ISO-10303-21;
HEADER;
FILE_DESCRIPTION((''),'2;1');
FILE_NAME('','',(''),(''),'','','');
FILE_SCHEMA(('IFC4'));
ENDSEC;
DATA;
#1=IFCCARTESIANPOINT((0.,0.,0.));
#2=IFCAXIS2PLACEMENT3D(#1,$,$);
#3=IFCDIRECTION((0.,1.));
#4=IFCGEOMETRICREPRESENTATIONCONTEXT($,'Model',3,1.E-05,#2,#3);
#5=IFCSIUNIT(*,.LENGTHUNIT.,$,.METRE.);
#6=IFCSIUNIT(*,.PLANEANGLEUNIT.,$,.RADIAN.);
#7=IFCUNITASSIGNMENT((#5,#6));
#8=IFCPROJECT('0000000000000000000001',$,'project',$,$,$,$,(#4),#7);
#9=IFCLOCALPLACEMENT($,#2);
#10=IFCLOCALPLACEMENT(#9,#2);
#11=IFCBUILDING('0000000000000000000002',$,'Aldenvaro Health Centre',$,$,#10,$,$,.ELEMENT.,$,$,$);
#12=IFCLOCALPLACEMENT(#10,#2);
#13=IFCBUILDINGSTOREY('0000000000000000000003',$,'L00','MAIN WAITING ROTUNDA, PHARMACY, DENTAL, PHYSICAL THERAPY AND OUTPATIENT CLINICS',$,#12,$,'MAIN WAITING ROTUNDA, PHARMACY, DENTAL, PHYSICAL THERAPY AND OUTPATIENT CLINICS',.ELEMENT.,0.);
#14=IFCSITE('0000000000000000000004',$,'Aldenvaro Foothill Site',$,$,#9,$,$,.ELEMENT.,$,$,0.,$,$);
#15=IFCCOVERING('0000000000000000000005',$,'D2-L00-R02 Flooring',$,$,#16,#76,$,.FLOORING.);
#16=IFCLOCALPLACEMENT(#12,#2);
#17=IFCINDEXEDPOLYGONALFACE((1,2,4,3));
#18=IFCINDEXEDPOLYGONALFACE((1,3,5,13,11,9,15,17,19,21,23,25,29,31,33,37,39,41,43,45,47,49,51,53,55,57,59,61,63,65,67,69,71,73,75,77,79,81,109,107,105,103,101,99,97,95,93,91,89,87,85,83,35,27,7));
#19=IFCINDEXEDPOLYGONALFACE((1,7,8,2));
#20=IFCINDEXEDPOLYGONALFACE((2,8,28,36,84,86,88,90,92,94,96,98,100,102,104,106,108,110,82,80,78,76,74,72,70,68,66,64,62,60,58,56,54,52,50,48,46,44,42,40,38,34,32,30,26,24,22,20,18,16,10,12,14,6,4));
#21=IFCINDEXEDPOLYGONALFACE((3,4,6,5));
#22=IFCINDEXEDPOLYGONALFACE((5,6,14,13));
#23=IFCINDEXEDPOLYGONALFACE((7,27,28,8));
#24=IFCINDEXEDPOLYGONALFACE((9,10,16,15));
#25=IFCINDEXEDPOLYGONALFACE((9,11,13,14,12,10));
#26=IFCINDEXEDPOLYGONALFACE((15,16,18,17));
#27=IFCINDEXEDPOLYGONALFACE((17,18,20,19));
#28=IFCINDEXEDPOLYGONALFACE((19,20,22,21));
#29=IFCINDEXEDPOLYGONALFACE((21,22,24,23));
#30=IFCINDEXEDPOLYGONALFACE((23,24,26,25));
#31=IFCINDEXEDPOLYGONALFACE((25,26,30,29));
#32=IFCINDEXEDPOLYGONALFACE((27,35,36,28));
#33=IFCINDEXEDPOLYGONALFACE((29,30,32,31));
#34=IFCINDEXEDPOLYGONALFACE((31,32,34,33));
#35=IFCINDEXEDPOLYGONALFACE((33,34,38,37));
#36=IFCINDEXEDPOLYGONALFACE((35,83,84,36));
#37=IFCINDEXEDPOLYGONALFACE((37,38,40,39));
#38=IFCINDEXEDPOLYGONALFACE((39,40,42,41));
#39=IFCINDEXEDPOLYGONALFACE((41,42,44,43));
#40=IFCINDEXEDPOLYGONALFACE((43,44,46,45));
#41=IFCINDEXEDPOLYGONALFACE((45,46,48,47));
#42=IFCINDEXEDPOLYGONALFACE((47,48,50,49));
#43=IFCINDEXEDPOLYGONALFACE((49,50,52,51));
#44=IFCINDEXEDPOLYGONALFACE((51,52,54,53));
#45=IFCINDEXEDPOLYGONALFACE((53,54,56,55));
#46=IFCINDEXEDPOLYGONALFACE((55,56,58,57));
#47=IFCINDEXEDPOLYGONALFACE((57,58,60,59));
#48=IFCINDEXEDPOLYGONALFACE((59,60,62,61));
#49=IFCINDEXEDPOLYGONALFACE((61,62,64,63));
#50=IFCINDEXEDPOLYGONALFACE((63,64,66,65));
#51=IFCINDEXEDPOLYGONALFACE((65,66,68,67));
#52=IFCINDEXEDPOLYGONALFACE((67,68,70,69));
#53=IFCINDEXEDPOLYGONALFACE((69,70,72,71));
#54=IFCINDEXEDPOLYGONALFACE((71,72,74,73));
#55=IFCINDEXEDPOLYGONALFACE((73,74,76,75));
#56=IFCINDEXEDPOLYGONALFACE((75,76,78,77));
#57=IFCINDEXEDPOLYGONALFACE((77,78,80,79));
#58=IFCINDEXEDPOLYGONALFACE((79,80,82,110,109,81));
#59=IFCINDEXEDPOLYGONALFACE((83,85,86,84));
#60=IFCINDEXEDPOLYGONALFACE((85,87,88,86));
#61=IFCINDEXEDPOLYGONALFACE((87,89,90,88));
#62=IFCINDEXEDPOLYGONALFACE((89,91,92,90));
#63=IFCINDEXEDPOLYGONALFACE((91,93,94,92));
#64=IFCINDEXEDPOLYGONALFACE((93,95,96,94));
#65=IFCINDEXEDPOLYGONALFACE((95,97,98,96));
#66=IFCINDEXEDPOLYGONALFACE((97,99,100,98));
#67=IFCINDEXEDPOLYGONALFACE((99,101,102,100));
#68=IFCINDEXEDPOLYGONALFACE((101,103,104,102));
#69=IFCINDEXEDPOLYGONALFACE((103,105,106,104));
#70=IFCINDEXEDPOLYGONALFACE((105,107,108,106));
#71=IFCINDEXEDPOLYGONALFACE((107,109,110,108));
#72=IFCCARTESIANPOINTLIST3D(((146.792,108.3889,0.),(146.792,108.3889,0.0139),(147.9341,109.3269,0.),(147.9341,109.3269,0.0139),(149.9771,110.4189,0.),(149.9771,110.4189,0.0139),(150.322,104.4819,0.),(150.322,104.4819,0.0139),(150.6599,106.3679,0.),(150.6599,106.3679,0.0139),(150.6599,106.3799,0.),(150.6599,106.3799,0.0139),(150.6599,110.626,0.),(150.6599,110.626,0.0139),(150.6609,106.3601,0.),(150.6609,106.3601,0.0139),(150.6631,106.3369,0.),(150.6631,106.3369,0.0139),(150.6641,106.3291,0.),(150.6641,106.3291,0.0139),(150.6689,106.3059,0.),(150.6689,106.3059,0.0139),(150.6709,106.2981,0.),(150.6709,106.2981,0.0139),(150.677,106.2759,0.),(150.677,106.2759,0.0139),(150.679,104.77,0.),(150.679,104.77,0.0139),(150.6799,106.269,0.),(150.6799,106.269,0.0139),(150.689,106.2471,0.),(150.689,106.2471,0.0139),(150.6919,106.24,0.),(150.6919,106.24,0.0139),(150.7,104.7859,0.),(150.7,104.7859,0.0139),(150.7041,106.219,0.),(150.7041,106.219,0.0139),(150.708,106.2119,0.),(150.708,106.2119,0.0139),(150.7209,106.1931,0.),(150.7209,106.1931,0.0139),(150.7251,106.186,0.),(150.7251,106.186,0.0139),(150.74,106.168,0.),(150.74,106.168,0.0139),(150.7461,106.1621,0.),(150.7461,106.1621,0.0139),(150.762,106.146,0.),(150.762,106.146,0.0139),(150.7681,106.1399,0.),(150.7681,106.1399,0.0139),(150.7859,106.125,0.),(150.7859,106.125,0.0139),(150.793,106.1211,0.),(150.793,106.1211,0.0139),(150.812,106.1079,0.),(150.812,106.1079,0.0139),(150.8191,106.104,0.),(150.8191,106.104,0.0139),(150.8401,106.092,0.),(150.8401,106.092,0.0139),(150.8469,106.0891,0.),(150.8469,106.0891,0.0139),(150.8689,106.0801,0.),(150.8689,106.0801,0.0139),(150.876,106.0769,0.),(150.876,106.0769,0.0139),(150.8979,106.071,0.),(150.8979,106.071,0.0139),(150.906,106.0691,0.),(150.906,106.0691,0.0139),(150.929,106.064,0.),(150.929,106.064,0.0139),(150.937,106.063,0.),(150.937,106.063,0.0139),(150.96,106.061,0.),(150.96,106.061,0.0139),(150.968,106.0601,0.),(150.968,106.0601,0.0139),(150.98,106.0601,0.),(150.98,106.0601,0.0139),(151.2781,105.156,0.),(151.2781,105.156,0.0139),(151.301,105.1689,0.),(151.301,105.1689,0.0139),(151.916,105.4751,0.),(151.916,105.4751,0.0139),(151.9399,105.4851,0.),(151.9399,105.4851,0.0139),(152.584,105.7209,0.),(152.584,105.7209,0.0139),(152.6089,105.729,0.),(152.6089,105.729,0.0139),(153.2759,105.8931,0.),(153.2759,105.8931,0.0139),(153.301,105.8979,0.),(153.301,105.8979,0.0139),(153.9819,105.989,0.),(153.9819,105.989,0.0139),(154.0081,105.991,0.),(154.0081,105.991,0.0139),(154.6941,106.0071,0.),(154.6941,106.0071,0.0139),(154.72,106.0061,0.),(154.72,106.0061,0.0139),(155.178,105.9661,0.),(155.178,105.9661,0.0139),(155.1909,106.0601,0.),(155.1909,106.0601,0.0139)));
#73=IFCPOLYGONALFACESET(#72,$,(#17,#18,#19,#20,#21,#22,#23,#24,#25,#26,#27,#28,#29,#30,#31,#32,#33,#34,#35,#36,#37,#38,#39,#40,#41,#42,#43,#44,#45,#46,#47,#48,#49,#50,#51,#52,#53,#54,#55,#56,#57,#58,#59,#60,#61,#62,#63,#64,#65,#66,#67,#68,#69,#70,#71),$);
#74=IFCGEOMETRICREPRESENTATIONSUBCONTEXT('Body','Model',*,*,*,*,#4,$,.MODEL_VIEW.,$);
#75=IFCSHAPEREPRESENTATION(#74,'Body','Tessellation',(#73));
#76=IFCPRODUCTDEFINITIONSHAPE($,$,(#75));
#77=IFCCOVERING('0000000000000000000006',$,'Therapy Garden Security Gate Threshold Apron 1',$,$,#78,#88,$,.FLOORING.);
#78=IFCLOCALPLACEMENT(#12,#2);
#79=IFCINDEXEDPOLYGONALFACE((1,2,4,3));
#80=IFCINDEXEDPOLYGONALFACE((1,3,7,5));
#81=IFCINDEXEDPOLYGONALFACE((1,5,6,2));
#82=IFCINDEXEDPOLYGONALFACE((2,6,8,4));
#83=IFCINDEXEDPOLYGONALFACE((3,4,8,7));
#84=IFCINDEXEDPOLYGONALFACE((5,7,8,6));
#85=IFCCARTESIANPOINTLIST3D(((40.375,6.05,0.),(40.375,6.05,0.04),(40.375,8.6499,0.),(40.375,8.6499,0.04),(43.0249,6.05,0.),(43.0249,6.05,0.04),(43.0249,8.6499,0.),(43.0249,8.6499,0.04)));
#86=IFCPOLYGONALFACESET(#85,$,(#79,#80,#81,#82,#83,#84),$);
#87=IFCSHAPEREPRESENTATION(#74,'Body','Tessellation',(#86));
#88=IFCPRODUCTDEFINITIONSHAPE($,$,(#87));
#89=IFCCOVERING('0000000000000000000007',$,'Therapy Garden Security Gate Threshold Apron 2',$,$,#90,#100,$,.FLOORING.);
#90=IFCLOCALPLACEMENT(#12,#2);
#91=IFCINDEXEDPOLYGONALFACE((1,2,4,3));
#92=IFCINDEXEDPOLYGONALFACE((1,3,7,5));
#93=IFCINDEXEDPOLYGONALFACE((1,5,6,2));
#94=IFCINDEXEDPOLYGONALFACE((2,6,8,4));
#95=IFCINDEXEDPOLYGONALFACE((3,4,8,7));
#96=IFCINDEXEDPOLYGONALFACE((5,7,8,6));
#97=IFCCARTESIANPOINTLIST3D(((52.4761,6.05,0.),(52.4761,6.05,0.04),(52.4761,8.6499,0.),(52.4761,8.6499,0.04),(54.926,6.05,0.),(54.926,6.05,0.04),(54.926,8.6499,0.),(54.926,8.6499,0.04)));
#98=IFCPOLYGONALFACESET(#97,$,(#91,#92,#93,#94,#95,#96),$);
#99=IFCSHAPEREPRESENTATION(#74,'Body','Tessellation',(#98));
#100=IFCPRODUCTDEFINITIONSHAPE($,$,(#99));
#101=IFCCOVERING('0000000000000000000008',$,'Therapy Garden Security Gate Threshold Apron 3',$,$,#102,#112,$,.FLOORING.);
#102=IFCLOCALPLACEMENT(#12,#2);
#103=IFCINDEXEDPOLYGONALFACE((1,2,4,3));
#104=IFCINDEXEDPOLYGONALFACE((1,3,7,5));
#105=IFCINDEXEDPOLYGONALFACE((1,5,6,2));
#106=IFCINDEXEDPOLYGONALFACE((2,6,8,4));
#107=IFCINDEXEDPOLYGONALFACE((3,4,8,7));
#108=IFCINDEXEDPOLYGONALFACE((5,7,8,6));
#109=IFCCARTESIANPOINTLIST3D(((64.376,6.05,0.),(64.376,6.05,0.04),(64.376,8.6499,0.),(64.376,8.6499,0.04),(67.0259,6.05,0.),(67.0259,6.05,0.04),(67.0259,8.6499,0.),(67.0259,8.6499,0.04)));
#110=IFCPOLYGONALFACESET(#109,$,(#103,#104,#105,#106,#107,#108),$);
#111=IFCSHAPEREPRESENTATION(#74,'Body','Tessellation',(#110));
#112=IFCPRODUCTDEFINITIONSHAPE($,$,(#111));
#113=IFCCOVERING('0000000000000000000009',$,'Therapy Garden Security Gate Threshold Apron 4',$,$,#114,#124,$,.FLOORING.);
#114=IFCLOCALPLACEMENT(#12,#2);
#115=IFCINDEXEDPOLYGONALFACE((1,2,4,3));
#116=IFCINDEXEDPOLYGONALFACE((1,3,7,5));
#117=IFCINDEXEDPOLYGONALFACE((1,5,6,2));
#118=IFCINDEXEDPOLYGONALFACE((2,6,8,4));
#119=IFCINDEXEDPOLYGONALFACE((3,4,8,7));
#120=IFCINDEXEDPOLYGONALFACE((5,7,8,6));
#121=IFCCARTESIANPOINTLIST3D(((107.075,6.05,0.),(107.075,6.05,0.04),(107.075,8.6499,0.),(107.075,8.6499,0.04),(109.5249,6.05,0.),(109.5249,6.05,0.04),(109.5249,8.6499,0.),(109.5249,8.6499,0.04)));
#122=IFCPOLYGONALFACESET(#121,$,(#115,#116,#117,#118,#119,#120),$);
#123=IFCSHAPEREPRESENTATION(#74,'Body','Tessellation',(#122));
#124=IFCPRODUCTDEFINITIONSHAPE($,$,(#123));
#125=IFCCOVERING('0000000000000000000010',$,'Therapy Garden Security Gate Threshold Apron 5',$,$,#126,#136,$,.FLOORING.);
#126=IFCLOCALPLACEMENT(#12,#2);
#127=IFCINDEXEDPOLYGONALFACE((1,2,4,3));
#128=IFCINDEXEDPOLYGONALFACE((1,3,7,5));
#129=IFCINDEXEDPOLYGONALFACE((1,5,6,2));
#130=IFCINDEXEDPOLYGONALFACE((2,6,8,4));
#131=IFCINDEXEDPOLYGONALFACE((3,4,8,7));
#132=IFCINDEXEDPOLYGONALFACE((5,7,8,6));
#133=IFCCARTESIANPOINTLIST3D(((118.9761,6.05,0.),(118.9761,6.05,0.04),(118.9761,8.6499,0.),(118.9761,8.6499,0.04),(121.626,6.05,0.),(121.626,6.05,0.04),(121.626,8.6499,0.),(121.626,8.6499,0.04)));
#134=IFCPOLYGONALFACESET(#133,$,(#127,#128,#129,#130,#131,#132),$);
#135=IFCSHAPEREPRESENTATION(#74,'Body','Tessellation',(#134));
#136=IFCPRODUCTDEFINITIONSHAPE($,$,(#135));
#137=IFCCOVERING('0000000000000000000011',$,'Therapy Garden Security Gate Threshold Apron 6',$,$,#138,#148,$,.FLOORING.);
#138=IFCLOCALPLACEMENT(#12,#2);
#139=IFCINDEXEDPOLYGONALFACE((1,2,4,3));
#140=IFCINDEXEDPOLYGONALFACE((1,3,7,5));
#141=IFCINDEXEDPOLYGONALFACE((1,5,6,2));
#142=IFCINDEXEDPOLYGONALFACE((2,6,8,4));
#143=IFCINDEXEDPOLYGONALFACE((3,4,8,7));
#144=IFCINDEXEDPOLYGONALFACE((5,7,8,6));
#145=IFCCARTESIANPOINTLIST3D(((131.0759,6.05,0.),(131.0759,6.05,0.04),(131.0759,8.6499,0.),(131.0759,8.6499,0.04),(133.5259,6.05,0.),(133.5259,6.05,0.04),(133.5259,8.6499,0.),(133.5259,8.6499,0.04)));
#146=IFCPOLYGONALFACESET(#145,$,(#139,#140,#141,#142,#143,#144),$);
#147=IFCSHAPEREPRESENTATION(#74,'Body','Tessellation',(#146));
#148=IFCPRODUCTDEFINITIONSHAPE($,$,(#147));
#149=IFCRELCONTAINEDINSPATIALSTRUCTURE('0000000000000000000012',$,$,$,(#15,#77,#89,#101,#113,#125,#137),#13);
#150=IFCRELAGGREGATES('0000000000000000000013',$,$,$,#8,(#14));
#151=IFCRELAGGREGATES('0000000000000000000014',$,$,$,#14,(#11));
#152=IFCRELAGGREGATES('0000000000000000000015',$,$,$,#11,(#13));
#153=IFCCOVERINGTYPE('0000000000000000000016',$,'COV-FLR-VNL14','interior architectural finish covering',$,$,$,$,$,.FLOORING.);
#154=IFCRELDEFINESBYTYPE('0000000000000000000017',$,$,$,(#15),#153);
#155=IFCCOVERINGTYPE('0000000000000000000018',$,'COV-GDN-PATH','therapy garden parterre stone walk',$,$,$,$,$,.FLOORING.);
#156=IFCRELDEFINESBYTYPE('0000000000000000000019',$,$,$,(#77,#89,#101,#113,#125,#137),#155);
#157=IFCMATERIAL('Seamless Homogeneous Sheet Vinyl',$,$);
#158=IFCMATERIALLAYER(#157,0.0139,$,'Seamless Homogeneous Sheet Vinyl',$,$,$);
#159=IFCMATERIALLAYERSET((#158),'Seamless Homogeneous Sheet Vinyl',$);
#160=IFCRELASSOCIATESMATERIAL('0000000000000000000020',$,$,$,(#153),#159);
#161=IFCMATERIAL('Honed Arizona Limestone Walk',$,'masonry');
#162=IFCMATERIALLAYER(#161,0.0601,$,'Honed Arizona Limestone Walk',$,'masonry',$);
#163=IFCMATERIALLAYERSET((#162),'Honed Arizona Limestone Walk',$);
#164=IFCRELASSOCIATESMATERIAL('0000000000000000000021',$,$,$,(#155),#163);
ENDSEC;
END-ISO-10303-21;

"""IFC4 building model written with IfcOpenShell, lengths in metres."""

from ifc_helpers import new_model, si_unit, direction, origin, place, context, subcontext, project, spatial, polyline, outline, extrude, material, layer, layer_set, type_object, element, save


model = new_model("IFC4")

# Units and contexts
model_context = context("Model", 3, precision=1e-05, world=origin(), true_north=direction((0.0, 1.0)))
body_context = subcontext(model_context, "Body", "Model", "MODEL_VIEW")
ifc_project = project(units=[si_unit("LENGTHUNIT", "METRE"), si_unit("PLANEANGLEUNIT", "RADIAN")], contexts=[model_context])

# Site, building, storey
site_placement = place(None, origin())
site = spatial("IfcSite", under=ifc_project, at=site_placement, Name="Aldenvaro Foothill Site", CompositionType="ELEMENT", RefElevation=0.0)
building_placement = place(site_placement, origin())
building = spatial("IfcBuilding", under=site, at=building_placement, Name="Aldenvaro Health Centre", CompositionType="ELEMENT")
storey_placement = place(building_placement, origin())
storey = spatial("IfcBuildingStorey", under=building, at=storey_placement, Name="L00", Description="MAIN WAITING ROTUNDA, PHARMACY, DENTAL, PHYSICAL THERAPY AND OUTPATIENT CLINICS", LongName="MAIN WAITING ROTUNDA, PHARMACY, DENTAL, PHYSICAL THERAPY AND OUTPATIENT CLINICS", CompositionType="ELEMENT", Elevation=0.0)

# Coverings
ifc_material_1 = material(Name="Seamless Homogeneous Sheet Vinyl")
ifc_layer_1 = layer(ifc_material_1, 0.0139, Name="Seamless Homogeneous Sheet Vinyl")
ifc_layer_set_1 = layer_set([ifc_layer_1], Name="Seamless Homogeneous Sheet Vinyl")
covering_type_1 = type_object("IfcCoveringType", Name="COV-FLR-VNL14", Description="interior architectural finish covering", PredefinedType="FLOORING", material=ifc_layer_set_1)
covering_1_placement = place(storey_placement, origin())
element("IfcCovering", 1, at=covering_1_placement, inside=storey, type_object=covering_type_1, Name="D2-L00-R02 Flooring", PredefinedType="FLOORING", context=body_context, shape_type="SweptSolid", body=[
    extrude(outline(polyline([(154.72, 106.0061), (154.6941, 106.0071), (154.0081, 105.991), (153.9819, 105.989), (153.301, 105.8979), (153.2759, 105.8931), (152.6089, 105.729), (152.584, 105.7209), (151.9399, 105.4851), (151.916, 105.4751), (151.301, 105.1689), (151.2781, 105.156), (150.7, 104.7859), (150.679, 104.77), (150.322, 104.4819), (146.792, 108.3889), (147.9341, 109.3269), (149.9771, 110.4189), (150.6599, 110.626), (150.6599, 106.3799), (150.6599, 106.3679), (150.6609, 106.3601), (150.6631, 106.3369), (150.6641, 106.3291), (150.6689, 106.3059), (150.6709, 106.2981), (150.677, 106.2759), (150.6799, 106.269), (150.689, 106.2471), (150.6919, 106.24), (150.7041, 106.219), (150.708, 106.2119), (150.7209, 106.1931), (150.7251, 106.186), (150.74, 106.168), (150.7461, 106.1621), (150.762, 106.146), (150.7681, 106.1399), (150.7859, 106.125), (150.793, 106.1211), (150.812, 106.1079), (150.8191, 106.104), (150.8401, 106.092), (150.8469, 106.0891), (150.8689, 106.0801), (150.876, 106.0769), (150.8979, 106.071), (150.906, 106.0691), (150.929, 106.064), (150.937, 106.063), (150.96, 106.061), (150.968, 106.0601), (150.98, 106.0601), (155.1909, 106.0601), (155.178, 105.9661), (154.72, 106.0061)])), origin(), (0.0, 0.0, 1.0), 0.0139),
])
ifc_material_2 = material(Name="Honed Arizona Limestone Walk", Category="masonry")
ifc_layer_2 = layer(ifc_material_2, 0.0601, Name="Honed Arizona Limestone Walk", Category="masonry")
ifc_layer_set_2 = layer_set([ifc_layer_2], Name="Honed Arizona Limestone Walk")
covering_type_2 = type_object("IfcCoveringType", Name="COV-GDN-PATH", Description="therapy garden parterre stone walk", PredefinedType="FLOORING", material=ifc_layer_set_2)
covering_2_placement = place(storey_placement, origin())
element("IfcCovering", 2, at=covering_2_placement, inside=storey, type_object=covering_type_2, Name="Therapy Garden Security Gate Threshold Apron 1", PredefinedType="FLOORING", context=body_context, shape_type="SweptSolid", body=[
    extrude(outline(polyline([(40.375, 6.05), (43.0249, 6.05), (43.0249, 8.6499), (40.375, 8.6499), (40.375, 6.05)])), origin(), (0.0, 0.0, 1.0), 0.04),
])
covering_3_placement = place(storey_placement, origin())
element("IfcCovering", 3, at=covering_3_placement, inside=storey, type_object=covering_type_2, Name="Therapy Garden Security Gate Threshold Apron 2", PredefinedType="FLOORING", context=body_context, shape_type="SweptSolid", body=[
    extrude(outline(polyline([(52.4761, 6.05), (54.926, 6.05), (54.926, 8.6499), (52.4761, 8.6499), (52.4761, 6.05)])), origin(), (0.0, 0.0, 1.0), 0.04),
])
covering_4_placement = place(storey_placement, origin())
element("IfcCovering", 4, at=covering_4_placement, inside=storey, type_object=covering_type_2, Name="Therapy Garden Security Gate Threshold Apron 3", PredefinedType="FLOORING", context=body_context, shape_type="SweptSolid", body=[
    extrude(outline(polyline([(64.376, 6.05), (67.0259, 6.05), (67.0259, 8.6499), (64.376, 8.6499), (64.376, 6.05)])), origin(), (0.0, 0.0, 1.0), 0.04),
])
covering_5_placement = place(storey_placement, origin())
element("IfcCovering", 5, at=covering_5_placement, inside=storey, type_object=covering_type_2, Name="Therapy Garden Security Gate Threshold Apron 4", PredefinedType="FLOORING", context=body_context, shape_type="SweptSolid", body=[
    extrude(outline(polyline([(107.075, 6.05), (109.5249, 6.05), (109.5249, 8.6499), (107.075, 8.6499), (107.075, 6.05)])), origin(), (0.0, 0.0, 1.0), 0.04),
])
covering_6_placement = place(storey_placement, origin())
element("IfcCovering", 6, at=covering_6_placement, inside=storey, type_object=covering_type_2, Name="Therapy Garden Security Gate Threshold Apron 5", PredefinedType="FLOORING", context=body_context, shape_type="SweptSolid", body=[
    extrude(outline(polyline([(118.9761, 6.05), (121.626, 6.05), (121.626, 8.6499), (118.9761, 8.6499), (118.9761, 6.05)])), origin(), (0.0, 0.0, 1.0), 0.04),
])
covering_7_placement = place(storey_placement, origin())
element("IfcCovering", 7, at=covering_7_placement, inside=storey, type_object=covering_type_2, Name="Therapy Garden Security Gate Threshold Apron 6", PredefinedType="FLOORING", context=body_context, shape_type="SweptSolid", body=[
    extrude(outline(polyline([(131.0759, 6.05), (133.5259, 6.05), (133.5259, 8.6499), (131.0759, 8.6499), (131.0759, 6.05)])), origin(), (0.0, 0.0, 1.0), 0.04),
])

save(model, "model.ifc")
